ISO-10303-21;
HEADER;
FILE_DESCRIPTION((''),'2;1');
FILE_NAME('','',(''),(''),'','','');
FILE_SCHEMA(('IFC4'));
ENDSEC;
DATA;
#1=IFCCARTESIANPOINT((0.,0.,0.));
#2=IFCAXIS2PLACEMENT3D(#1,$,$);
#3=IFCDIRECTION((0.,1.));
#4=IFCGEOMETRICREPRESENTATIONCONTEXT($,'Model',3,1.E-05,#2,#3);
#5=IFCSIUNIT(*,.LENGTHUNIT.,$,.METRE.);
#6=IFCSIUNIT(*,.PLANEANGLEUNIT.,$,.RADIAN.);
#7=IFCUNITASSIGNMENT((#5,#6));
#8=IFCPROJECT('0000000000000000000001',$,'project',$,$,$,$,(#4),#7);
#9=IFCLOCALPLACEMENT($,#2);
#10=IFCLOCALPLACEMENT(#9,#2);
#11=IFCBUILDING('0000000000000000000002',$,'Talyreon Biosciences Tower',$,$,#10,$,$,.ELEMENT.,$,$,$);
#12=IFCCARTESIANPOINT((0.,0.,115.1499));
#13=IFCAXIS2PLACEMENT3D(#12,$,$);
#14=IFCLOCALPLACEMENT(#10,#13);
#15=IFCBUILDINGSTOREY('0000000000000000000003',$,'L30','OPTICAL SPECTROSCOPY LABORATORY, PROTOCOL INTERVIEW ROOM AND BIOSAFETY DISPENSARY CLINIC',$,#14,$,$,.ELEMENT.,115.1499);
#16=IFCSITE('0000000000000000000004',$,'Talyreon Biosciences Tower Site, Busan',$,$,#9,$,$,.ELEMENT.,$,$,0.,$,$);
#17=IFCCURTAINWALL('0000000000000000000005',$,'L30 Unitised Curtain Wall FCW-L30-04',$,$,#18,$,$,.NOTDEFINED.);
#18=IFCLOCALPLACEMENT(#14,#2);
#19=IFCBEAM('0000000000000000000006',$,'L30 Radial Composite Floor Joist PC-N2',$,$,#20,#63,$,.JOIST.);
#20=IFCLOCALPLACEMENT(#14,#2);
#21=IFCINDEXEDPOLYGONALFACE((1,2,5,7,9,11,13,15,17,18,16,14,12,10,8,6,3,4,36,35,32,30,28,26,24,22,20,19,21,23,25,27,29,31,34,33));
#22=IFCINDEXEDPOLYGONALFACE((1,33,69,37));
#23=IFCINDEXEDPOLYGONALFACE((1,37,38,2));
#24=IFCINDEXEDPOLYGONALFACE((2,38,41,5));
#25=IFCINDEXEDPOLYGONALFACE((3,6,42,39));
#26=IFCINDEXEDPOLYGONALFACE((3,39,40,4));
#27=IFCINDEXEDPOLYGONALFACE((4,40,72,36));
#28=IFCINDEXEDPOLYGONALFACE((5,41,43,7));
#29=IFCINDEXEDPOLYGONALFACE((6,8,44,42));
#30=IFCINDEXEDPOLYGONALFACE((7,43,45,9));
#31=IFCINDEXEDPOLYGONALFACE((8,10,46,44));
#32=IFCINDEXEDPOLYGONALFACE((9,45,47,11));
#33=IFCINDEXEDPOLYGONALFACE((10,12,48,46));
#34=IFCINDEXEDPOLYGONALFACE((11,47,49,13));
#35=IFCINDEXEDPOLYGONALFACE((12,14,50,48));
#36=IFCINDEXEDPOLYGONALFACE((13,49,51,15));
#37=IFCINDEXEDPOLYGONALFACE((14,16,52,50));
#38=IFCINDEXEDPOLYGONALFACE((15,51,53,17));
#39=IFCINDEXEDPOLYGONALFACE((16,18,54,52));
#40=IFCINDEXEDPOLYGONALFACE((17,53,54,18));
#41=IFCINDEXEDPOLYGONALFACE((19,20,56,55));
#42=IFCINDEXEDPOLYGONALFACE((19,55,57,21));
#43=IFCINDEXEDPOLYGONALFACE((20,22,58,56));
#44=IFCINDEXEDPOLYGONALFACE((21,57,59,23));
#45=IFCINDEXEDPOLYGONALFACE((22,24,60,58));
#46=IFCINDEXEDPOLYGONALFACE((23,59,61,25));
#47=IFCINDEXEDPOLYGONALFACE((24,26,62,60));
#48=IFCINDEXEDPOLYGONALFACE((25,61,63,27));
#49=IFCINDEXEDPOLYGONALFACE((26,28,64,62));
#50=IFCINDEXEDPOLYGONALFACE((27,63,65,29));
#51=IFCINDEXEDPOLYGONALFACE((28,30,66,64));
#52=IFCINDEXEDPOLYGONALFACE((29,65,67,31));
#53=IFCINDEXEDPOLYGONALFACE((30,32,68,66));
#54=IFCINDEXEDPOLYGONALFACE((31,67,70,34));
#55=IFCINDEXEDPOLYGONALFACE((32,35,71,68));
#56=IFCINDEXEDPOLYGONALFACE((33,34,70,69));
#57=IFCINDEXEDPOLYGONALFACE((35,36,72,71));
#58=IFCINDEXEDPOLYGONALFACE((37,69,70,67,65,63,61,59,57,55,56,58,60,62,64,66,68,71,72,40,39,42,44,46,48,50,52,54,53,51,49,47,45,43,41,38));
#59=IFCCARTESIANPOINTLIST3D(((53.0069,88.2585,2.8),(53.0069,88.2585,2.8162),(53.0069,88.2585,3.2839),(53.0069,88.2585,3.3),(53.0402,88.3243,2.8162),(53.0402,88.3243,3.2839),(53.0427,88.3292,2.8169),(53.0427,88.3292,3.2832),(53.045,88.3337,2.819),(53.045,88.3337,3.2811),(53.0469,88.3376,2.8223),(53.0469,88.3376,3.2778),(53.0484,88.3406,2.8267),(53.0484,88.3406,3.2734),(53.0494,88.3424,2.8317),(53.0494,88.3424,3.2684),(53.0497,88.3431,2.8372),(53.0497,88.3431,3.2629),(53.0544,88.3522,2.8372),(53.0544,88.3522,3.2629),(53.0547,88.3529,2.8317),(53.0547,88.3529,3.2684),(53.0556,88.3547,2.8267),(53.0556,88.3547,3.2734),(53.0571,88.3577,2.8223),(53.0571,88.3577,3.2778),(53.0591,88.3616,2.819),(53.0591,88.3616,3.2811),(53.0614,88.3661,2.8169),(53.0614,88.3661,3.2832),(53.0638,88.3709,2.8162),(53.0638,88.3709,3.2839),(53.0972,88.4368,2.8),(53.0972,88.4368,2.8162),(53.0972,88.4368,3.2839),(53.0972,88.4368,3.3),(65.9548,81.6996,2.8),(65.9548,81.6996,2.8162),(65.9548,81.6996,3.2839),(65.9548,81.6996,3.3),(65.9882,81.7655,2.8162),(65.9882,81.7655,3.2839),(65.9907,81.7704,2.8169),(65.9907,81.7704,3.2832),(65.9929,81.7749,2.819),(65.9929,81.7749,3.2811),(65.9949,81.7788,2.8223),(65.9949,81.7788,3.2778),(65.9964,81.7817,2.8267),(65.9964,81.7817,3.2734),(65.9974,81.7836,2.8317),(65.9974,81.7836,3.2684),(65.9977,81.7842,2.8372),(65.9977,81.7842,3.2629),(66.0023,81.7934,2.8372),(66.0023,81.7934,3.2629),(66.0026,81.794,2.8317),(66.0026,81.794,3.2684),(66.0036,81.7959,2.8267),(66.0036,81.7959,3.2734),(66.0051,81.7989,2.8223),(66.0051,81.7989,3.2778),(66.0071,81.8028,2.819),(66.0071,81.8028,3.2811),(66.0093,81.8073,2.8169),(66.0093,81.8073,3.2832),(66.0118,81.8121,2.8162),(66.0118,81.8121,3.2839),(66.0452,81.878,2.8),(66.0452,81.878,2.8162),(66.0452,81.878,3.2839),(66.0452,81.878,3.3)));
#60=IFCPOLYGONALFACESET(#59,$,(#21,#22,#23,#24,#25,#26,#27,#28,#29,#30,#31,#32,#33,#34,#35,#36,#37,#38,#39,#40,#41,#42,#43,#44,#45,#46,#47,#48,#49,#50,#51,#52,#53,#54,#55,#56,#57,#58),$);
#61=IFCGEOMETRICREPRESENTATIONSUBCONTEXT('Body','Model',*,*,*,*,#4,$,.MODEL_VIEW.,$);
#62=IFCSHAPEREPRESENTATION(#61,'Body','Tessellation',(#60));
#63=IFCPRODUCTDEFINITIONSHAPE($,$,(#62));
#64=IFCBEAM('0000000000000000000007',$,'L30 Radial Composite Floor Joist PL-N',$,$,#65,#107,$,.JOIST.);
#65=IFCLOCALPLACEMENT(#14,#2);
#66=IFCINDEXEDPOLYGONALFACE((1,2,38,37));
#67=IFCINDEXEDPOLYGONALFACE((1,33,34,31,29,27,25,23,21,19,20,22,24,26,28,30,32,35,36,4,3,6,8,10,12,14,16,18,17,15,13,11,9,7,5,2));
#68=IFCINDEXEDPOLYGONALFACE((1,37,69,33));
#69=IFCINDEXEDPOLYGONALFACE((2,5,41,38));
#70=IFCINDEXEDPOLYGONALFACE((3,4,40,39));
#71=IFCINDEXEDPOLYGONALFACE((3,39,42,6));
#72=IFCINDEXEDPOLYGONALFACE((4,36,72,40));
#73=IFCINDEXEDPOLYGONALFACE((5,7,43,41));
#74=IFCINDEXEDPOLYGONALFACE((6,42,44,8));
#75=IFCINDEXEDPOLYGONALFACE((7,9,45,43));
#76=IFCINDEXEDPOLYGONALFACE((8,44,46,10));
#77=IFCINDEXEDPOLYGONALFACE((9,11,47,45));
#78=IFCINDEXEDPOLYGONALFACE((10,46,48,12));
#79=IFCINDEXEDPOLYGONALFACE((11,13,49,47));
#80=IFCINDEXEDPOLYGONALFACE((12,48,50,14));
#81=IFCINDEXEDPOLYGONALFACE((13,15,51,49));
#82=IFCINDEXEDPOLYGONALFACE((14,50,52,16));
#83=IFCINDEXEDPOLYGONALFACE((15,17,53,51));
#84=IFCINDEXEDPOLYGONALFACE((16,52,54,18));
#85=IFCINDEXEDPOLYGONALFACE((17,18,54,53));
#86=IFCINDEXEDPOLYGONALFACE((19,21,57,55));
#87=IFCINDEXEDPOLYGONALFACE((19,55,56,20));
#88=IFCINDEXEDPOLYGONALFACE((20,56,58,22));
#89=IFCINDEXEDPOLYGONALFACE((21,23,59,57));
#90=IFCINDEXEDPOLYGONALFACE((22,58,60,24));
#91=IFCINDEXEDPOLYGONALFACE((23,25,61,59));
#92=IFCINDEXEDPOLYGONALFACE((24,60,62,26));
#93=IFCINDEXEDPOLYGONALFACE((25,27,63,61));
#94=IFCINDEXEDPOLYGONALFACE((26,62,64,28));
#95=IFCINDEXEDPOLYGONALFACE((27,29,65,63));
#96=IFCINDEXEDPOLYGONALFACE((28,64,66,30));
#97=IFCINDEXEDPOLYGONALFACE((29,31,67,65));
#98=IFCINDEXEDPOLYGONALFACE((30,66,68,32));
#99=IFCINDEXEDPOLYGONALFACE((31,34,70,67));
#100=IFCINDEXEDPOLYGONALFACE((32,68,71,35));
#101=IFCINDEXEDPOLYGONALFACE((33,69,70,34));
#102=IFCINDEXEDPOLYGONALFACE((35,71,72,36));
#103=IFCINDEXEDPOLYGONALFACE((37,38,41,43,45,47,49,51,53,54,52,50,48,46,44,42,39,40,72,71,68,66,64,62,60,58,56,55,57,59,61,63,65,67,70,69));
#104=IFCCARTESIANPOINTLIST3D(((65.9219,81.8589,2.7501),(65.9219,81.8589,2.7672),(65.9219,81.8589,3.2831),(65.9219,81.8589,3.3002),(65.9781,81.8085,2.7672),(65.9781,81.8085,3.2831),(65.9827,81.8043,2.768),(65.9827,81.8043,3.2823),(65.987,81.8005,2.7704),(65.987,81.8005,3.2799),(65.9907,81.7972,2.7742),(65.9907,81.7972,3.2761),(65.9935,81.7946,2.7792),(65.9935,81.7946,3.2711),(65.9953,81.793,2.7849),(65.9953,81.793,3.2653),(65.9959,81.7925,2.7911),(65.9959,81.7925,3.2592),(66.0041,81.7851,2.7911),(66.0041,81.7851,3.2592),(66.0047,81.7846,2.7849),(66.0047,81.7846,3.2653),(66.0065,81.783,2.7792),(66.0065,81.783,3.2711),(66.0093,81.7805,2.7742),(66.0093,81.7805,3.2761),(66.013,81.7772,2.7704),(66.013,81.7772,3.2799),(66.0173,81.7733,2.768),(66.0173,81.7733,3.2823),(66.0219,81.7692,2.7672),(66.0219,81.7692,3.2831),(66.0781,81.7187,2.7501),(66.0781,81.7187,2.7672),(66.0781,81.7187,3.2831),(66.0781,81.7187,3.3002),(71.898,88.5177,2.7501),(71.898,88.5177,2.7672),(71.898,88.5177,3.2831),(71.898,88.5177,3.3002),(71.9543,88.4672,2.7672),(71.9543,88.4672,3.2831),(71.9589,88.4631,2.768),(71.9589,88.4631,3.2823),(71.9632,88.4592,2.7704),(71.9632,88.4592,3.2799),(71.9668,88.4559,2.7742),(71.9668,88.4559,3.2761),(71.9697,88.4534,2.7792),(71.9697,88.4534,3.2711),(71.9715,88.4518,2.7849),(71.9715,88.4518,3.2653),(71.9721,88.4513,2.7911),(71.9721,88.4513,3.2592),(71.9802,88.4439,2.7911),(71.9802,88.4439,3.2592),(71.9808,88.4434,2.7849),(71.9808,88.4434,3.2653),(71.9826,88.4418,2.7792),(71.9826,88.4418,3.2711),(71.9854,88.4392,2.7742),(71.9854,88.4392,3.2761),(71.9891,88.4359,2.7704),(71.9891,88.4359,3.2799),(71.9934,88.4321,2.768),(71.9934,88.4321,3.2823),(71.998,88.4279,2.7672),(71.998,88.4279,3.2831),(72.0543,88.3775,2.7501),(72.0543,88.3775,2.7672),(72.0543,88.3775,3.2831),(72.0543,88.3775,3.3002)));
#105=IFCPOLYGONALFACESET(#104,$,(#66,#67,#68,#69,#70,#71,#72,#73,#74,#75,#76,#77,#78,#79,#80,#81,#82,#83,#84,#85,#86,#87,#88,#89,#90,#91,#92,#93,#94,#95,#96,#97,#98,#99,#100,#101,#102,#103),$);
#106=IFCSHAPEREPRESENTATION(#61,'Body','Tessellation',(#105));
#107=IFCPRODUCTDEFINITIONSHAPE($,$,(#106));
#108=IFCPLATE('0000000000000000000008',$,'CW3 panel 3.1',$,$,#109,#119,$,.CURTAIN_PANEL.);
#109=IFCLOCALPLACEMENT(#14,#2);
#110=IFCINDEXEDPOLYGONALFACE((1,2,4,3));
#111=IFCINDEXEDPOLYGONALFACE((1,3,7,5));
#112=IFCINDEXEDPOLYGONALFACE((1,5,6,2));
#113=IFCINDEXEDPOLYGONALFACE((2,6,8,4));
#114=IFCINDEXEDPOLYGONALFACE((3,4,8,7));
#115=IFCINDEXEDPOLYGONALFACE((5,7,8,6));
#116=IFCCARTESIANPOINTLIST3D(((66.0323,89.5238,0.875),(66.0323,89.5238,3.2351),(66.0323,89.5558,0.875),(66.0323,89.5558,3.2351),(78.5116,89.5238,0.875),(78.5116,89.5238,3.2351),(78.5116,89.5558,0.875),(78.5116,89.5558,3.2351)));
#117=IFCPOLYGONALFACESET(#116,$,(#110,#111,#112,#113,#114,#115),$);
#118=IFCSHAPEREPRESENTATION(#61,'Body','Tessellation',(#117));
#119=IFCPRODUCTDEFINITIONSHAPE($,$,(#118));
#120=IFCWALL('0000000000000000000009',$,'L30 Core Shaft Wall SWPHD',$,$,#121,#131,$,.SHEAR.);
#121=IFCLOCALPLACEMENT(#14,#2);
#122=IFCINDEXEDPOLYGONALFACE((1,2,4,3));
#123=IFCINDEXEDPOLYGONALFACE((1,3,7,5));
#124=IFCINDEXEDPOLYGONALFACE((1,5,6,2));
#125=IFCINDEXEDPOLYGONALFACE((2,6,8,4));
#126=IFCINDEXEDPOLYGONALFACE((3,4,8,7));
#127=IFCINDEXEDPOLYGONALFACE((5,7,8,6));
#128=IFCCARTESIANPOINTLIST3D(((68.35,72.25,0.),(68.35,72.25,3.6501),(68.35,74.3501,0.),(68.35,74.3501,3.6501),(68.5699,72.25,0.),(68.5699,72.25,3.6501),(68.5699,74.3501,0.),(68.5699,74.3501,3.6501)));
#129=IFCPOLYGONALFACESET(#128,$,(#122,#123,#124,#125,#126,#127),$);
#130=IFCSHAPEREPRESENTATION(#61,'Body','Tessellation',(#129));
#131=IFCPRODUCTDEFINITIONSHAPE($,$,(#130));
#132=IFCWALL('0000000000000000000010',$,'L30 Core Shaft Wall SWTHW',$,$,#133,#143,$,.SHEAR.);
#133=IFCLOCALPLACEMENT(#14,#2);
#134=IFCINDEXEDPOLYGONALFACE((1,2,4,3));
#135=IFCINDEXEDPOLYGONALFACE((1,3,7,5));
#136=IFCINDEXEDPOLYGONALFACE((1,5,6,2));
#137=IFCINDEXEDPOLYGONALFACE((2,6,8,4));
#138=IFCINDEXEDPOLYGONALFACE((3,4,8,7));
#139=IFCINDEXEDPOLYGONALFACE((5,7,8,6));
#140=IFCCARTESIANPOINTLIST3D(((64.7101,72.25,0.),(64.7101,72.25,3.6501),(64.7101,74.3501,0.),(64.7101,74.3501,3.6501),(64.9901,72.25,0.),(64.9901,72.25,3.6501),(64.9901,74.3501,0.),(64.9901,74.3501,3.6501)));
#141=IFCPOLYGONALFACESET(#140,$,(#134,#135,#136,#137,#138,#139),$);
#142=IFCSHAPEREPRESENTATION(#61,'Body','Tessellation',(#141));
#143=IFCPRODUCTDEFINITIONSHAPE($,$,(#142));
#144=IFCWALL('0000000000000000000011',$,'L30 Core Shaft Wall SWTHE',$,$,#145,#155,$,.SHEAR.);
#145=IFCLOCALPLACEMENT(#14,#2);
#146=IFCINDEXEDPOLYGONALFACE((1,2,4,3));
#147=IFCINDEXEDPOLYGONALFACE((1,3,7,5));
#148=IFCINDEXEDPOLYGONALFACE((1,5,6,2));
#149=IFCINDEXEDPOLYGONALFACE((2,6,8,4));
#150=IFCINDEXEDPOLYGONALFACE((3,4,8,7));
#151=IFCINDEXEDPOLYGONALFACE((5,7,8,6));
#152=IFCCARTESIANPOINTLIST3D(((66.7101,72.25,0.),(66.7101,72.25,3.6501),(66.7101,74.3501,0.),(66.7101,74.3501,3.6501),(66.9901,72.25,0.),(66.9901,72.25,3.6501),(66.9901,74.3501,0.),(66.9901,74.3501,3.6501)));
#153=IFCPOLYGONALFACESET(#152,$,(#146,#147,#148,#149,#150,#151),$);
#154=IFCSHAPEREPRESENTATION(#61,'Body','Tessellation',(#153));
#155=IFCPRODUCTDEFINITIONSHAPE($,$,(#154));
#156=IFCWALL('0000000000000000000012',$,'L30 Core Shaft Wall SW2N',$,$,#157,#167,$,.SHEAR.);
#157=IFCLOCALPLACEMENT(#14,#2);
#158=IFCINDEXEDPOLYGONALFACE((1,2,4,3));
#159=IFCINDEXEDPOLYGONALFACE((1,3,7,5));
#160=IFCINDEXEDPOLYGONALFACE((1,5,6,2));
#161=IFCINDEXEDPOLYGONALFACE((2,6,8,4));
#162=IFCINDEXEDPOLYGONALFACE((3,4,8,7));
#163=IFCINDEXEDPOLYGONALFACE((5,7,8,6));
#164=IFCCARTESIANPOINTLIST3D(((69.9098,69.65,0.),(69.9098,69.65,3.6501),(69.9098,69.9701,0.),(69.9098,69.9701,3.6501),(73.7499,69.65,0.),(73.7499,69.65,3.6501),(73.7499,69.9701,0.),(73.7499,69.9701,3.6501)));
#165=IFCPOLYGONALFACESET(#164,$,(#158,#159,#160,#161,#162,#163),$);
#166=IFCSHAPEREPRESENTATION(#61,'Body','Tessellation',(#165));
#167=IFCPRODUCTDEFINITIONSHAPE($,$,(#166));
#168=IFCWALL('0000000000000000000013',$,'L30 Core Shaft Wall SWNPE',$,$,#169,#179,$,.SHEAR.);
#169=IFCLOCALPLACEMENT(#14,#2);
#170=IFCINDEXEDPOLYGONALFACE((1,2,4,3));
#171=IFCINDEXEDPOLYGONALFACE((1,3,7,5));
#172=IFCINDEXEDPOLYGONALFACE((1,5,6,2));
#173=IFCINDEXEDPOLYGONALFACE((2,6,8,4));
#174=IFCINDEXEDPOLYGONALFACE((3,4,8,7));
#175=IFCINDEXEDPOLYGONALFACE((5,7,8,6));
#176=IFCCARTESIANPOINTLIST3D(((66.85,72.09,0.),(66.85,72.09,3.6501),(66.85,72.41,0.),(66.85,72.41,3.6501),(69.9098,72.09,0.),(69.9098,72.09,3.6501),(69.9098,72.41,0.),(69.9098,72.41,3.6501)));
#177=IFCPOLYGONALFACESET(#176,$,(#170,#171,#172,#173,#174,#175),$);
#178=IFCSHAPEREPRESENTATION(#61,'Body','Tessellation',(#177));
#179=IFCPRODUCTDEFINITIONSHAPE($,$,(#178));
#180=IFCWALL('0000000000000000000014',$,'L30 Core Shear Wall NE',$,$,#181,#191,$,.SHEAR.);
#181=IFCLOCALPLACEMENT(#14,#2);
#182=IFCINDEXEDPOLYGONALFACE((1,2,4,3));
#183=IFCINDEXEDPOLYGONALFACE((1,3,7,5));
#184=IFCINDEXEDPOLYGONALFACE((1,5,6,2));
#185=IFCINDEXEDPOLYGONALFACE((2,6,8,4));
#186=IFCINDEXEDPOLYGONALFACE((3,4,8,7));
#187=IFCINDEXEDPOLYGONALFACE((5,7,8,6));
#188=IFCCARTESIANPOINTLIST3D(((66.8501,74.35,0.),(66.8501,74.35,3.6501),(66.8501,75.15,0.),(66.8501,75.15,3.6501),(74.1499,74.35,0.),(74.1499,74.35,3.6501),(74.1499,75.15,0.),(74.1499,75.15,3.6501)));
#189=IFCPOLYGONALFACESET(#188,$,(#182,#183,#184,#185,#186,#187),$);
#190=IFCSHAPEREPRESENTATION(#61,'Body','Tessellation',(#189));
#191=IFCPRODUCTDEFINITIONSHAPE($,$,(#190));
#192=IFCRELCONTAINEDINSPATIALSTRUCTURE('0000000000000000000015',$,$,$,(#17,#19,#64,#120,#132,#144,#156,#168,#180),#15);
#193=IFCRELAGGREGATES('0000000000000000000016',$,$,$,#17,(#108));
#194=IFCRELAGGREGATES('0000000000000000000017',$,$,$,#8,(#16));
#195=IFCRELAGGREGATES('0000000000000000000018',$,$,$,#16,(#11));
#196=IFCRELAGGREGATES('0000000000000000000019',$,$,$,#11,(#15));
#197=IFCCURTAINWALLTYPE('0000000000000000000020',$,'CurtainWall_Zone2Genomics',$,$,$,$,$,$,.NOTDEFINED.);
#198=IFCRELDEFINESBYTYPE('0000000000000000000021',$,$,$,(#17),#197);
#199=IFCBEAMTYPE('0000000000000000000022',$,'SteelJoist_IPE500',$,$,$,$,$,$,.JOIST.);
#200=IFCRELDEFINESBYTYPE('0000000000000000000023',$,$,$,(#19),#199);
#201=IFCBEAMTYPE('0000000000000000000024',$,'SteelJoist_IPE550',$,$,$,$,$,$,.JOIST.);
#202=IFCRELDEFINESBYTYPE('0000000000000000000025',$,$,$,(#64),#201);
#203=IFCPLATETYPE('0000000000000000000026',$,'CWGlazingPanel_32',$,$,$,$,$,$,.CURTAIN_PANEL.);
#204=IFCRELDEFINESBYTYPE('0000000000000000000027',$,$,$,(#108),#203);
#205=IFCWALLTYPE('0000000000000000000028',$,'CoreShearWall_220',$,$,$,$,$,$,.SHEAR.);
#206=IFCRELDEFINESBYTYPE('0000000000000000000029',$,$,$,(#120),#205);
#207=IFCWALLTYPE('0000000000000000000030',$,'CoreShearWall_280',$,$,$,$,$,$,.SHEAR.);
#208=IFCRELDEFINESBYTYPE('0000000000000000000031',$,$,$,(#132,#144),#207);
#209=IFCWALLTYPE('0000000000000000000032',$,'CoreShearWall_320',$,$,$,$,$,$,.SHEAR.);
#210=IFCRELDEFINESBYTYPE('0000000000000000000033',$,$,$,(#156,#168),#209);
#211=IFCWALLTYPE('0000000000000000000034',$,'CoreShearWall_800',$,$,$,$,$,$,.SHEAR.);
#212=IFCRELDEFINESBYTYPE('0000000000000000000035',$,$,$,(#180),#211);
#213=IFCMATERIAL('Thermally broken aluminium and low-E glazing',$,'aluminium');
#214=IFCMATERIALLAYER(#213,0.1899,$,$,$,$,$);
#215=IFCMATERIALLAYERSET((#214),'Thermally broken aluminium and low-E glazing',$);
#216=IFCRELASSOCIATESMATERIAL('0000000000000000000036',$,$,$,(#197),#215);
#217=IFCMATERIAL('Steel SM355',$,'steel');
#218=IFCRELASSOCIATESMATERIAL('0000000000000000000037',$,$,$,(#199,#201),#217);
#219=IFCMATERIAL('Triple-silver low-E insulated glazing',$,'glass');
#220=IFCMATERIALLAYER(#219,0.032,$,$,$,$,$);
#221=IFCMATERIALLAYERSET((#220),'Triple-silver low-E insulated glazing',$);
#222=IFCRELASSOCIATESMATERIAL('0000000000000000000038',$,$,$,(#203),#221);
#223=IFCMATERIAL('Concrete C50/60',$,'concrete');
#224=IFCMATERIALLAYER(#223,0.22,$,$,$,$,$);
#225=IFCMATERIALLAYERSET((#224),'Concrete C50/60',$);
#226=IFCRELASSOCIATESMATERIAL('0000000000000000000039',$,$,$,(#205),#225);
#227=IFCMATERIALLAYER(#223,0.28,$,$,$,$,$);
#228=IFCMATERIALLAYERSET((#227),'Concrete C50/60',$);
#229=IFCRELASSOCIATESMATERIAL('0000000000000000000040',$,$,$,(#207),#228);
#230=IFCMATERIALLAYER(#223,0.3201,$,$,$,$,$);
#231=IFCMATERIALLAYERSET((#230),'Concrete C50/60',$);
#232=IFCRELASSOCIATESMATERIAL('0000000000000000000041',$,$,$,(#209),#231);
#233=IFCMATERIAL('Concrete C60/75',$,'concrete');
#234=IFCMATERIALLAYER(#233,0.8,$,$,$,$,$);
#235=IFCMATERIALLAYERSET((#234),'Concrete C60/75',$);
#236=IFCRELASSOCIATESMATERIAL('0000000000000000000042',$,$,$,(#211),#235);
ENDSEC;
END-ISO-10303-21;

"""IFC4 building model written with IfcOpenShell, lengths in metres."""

from ifc_helpers import new_model, si_unit, direction, frame, frame_2d, origin, origin_2d, place, context, subcontext, project, spatial, rectangle, i_section, extrude, material, layer, layer_set, material_profile, profile_set, type_object, element, aggregate, save


model = new_model("IFC4")

# Units and contexts
model_context = context("Model", 3, precision=1e-05, world=origin(), true_north=direction((0.0, 1.0)))
body_context = subcontext(model_context, "Body", "Model", "MODEL_VIEW")
ifc_project = project(units=[si_unit("LENGTHUNIT", "METRE"), si_unit("PLANEANGLEUNIT", "RADIAN")], contexts=[model_context])

# Site, building, storey
site_placement = place(None, origin())
site = spatial("IfcSite", under=ifc_project, at=site_placement, Name="Talyreon Biosciences Tower Site, Busan", CompositionType="ELEMENT", RefElevation=0.0)
building_placement = place(site_placement, origin())
building = spatial("IfcBuilding", under=site, at=building_placement, Name="Talyreon Biosciences Tower", CompositionType="ELEMENT")
storey_placement = place(building_placement, frame((0.0, 0.0, 115.1499)))
storey = spatial("IfcBuildingStorey", under=building, at=storey_placement, Name="L30", Description="OPTICAL SPECTROSCOPY LABORATORY, PROTOCOL INTERVIEW ROOM AND BIOSAFETY DISPENSARY CLINIC", CompositionType="ELEMENT", Elevation=115.1499)

# Shared definitions
ifc_material_1 = material(Name="Concrete C60/75", Category="concrete")
ifc_material_2 = material(Name="Concrete C50/60", Category="concrete")

# Curtain wall
ifc_material_3 = material(Name="Thermally broken aluminium and low-E glazing", Category="aluminium")
ifc_layer_1 = layer(ifc_material_3, 0.1899)
ifc_layer_set_1 = layer_set([ifc_layer_1], Name="Thermally broken aluminium and low-E glazing")
curtain_wall_type = type_object("IfcCurtainWallType", Name="CurtainWall_Zone2Genomics", PredefinedType="NOTDEFINED", material=ifc_layer_set_1)
curtain_wall_placement = place(storey_placement, origin())
curtain_wall = element("IfcCurtainWall", 1, at=curtain_wall_placement, inside=storey, type_object=curtain_wall_type, Name="L30 Unitised Curtain Wall FCW-L30-04", PredefinedType="NOTDEFINED")

# Beams
ifc_material_4 = material(Name="Steel SM355", Category="steel")
ifc_material_profile_1 = material_profile(ifc_material_4, i_section(OverallWidth=0.2, OverallDepth=0.5, WebThickness=0.0103, FlangeThickness=0.0161, FilletRadius=0.021, at=origin_2d()), Name="IPE500")
ifc_profile_set_1 = profile_set([ifc_material_profile_1], Name="Steel SM355")
beam_type_1 = type_object("IfcBeamType", Name="SteelJoist_IPE500", PredefinedType="JOIST", material=ifc_profile_set_1)
for number, where, z_axis, x_axis, name in (
    (2, (66.0, 81.7888, 3.05), (-0.892077, 0.451884, 0.0), (-0.451884, -0.892077, 0.0), "L30 Radial Composite Floor Joist PC-N2"),
):
    element("IfcBeam", number, at=place(storey_placement, frame(where, z_axis=z_axis, x_axis=x_axis)), inside=storey, type_object=beam_type_1, Name=name, PredefinedType="JOIST", context=body_context, shape_type="SweptSolid", body=[
        extrude(i_section(OverallWidth=0.2, OverallDepth=0.5, WebThickness=0.0103, FlangeThickness=0.0161, FilletRadius=0.021, at=origin_2d()), origin(), (0.0, 0.0, 1.0), 14.5144),
    ])
ifc_material_profile_2 = material_profile(ifc_material_4, i_section(OverallWidth=0.21, OverallDepth=0.55, WebThickness=0.011, FlangeThickness=0.0171, FilletRadius=0.0239, at=origin_2d()), Name="IPE550")
ifc_profile_set_2 = profile_set([ifc_material_profile_2], Name="Steel SM355")
beam_type_2 = type_object("IfcBeamType", Name="SteelJoist_IPE550", PredefinedType="JOIST", material=ifc_profile_set_2)
beam_1_placement = place(storey_placement, frame((66.0, 81.7888, 3.0251), z_axis=(0.66793, 0.744224, 0.0), x_axis=(-0.744224, 0.66793, 0.0)))
element("IfcBeam", 3, at=beam_1_placement, inside=storey, type_object=beam_type_2, Name="L30 Radial Composite Floor Joist PL-N", PredefinedType="JOIST", context=body_context, shape_type="SweptSolid", body=[
    extrude(i_section(OverallWidth=0.21, OverallDepth=0.55, WebThickness=0.011, FlangeThickness=0.0171, FilletRadius=0.0239, at=origin_2d()), origin(), (0.0, 0.0, 1.0), 8.9473),
])

# Plate
ifc_material_5 = material(Name="Triple-silver low-E insulated glazing", Category="glass")
ifc_layer_2 = layer(ifc_material_5, 0.032)
ifc_layer_set_2 = layer_set([ifc_layer_2], Name="Triple-silver low-E insulated glazing")
plate_type = type_object("IfcPlateType", Name="CWGlazingPanel_32", PredefinedType="CURTAIN_PANEL", material=ifc_layer_set_2)
plate_placement = place(storey_placement, frame((72.272, 89.5398, 0.875), z_axis=(0.0, 0.0, 1.0), x_axis=(1.0, 0.0, 0.0)))
plate = element("IfcPlate", 4, at=plate_placement, type_object=plate_type, Name="CW3 panel 3.1", PredefinedType="CURTAIN_PANEL", context=body_context, shape_type="SweptSolid", body=[
    extrude(rectangle(XDim=12.4792, YDim=0.032, at=origin_2d()), origin(), (0.0, 0.0, 1.0), 2.3601),
])
aggregate(curtain_wall, [plate])

# Walls
ifc_layer_3 = layer(ifc_material_2, 0.22)
ifc_layer_set_3 = layer_set([ifc_layer_3], Name="Concrete C50/60")
wall_type_1 = type_object("IfcWallType", Name="CoreShearWall_220", PredefinedType="SHEAR", material=ifc_layer_set_3)
wall_1_placement = place(storey_placement, frame((68.46, 72.25, 0.0), z_axis=(0.0, 0.0, 1.0), x_axis=(0.0, 1.0, 0.0)))
element("IfcWall", 5, at=wall_1_placement, inside=storey, type_object=wall_type_1, Name="L30 Core Shaft Wall SWPHD", PredefinedType="SHEAR", context=body_context, shape_type="SweptSolid", body=[
    extrude(rectangle(XDim=2.1001, YDim=0.22, at=frame_2d((1.05, 0.0))), origin(), (0.0, 0.0, 1.0), 3.6501),
])
ifc_layer_4 = layer(ifc_material_2, 0.28)
ifc_layer_set_4 = layer_set([ifc_layer_4], Name="Concrete C50/60")
wall_type_2 = type_object("IfcWallType", Name="CoreShearWall_280", PredefinedType="SHEAR", material=ifc_layer_set_4)
for number, where, z_axis, x_axis, name in (
    (6, (64.8501, 72.25, 0.0), (0.0, 0.0, 1.0), (0.0, 1.0, 0.0), "L30 Core Shaft Wall SWTHW"),
    (7, (66.8501, 72.25, 0.0), (0.0, 0.0, 1.0), (0.0, 1.0, 0.0), "L30 Core Shaft Wall SWTHE"),
):
    element("IfcWall", number, at=place(storey_placement, frame(where, z_axis=z_axis, x_axis=x_axis)), inside=storey, type_object=wall_type_2, Name=name, PredefinedType="SHEAR", context=body_context, shape_type="SweptSolid", body=[
        extrude(rectangle(XDim=2.1001, YDim=0.28, at=frame_2d((1.05, 0.0))), origin(), (0.0, 0.0, 1.0), 3.6501),
    ])
ifc_layer_5 = layer(ifc_material_2, 0.3201)
ifc_layer_set_5 = layer_set([ifc_layer_5], Name="Concrete C50/60")
wall_type_3 = type_object("IfcWallType", Name="CoreShearWall_320", PredefinedType="SHEAR", material=ifc_layer_set_5)
wall_2_placement = place(storey_placement, frame((69.9099, 69.8101, 0.0), z_axis=(0.0, 0.0, 1.0), x_axis=(1.0, 0.0, 0.0)))
element("IfcWall", 8, at=wall_2_placement, inside=storey, type_object=wall_type_3, Name="L30 Core Shaft Wall SW2N", PredefinedType="SHEAR", context=body_context, shape_type="SweptSolid", body=[
    extrude(rectangle(XDim=3.8401, YDim=0.3201, at=frame_2d((1.9199, 0.0))), origin(), (0.0, 0.0, 1.0), 3.6501),
])
wall_3_placement = place(storey_placement, frame((66.8501, 72.25, 0.0), z_axis=(0.0, 0.0, 1.0), x_axis=(1.0, 0.0, 0.0)))
element("IfcWall", 9, at=wall_3_placement, inside=storey, type_object=wall_type_3, Name="L30 Core Shaft Wall SWNPE", PredefinedType="SHEAR", context=body_context, shape_type="SweptSolid", body=[
    extrude(rectangle(XDim=3.0598, YDim=0.3201, at=frame_2d((1.5298, 0.0))), origin(), (0.0, 0.0, 1.0), 3.6501),
])
ifc_layer_6 = layer(ifc_material_1, 0.8)
ifc_layer_set_6 = layer_set([ifc_layer_6], Name="Concrete C60/75")
wall_type_4 = type_object("IfcWallType", Name="CoreShearWall_800", PredefinedType="SHEAR", material=ifc_layer_set_6)
wall_4_placement = place(storey_placement, frame((74.1499, 74.75, 0.0), z_axis=(0.0, 0.0, 1.0), x_axis=(-1.0, 0.0, 0.0)))
element("IfcWall", 10, at=wall_4_placement, inside=storey, type_object=wall_type_4, Name="L30 Core Shear Wall NE", PredefinedType="SHEAR", context=body_context, shape_type="SweptSolid", body=[
    extrude(rectangle(XDim=7.2998, YDim=0.8, at=frame_2d((3.6499, 0.0))), origin(), (0.0, 0.0, 1.0), 3.6501),
])

save(model, "model.ifc")
